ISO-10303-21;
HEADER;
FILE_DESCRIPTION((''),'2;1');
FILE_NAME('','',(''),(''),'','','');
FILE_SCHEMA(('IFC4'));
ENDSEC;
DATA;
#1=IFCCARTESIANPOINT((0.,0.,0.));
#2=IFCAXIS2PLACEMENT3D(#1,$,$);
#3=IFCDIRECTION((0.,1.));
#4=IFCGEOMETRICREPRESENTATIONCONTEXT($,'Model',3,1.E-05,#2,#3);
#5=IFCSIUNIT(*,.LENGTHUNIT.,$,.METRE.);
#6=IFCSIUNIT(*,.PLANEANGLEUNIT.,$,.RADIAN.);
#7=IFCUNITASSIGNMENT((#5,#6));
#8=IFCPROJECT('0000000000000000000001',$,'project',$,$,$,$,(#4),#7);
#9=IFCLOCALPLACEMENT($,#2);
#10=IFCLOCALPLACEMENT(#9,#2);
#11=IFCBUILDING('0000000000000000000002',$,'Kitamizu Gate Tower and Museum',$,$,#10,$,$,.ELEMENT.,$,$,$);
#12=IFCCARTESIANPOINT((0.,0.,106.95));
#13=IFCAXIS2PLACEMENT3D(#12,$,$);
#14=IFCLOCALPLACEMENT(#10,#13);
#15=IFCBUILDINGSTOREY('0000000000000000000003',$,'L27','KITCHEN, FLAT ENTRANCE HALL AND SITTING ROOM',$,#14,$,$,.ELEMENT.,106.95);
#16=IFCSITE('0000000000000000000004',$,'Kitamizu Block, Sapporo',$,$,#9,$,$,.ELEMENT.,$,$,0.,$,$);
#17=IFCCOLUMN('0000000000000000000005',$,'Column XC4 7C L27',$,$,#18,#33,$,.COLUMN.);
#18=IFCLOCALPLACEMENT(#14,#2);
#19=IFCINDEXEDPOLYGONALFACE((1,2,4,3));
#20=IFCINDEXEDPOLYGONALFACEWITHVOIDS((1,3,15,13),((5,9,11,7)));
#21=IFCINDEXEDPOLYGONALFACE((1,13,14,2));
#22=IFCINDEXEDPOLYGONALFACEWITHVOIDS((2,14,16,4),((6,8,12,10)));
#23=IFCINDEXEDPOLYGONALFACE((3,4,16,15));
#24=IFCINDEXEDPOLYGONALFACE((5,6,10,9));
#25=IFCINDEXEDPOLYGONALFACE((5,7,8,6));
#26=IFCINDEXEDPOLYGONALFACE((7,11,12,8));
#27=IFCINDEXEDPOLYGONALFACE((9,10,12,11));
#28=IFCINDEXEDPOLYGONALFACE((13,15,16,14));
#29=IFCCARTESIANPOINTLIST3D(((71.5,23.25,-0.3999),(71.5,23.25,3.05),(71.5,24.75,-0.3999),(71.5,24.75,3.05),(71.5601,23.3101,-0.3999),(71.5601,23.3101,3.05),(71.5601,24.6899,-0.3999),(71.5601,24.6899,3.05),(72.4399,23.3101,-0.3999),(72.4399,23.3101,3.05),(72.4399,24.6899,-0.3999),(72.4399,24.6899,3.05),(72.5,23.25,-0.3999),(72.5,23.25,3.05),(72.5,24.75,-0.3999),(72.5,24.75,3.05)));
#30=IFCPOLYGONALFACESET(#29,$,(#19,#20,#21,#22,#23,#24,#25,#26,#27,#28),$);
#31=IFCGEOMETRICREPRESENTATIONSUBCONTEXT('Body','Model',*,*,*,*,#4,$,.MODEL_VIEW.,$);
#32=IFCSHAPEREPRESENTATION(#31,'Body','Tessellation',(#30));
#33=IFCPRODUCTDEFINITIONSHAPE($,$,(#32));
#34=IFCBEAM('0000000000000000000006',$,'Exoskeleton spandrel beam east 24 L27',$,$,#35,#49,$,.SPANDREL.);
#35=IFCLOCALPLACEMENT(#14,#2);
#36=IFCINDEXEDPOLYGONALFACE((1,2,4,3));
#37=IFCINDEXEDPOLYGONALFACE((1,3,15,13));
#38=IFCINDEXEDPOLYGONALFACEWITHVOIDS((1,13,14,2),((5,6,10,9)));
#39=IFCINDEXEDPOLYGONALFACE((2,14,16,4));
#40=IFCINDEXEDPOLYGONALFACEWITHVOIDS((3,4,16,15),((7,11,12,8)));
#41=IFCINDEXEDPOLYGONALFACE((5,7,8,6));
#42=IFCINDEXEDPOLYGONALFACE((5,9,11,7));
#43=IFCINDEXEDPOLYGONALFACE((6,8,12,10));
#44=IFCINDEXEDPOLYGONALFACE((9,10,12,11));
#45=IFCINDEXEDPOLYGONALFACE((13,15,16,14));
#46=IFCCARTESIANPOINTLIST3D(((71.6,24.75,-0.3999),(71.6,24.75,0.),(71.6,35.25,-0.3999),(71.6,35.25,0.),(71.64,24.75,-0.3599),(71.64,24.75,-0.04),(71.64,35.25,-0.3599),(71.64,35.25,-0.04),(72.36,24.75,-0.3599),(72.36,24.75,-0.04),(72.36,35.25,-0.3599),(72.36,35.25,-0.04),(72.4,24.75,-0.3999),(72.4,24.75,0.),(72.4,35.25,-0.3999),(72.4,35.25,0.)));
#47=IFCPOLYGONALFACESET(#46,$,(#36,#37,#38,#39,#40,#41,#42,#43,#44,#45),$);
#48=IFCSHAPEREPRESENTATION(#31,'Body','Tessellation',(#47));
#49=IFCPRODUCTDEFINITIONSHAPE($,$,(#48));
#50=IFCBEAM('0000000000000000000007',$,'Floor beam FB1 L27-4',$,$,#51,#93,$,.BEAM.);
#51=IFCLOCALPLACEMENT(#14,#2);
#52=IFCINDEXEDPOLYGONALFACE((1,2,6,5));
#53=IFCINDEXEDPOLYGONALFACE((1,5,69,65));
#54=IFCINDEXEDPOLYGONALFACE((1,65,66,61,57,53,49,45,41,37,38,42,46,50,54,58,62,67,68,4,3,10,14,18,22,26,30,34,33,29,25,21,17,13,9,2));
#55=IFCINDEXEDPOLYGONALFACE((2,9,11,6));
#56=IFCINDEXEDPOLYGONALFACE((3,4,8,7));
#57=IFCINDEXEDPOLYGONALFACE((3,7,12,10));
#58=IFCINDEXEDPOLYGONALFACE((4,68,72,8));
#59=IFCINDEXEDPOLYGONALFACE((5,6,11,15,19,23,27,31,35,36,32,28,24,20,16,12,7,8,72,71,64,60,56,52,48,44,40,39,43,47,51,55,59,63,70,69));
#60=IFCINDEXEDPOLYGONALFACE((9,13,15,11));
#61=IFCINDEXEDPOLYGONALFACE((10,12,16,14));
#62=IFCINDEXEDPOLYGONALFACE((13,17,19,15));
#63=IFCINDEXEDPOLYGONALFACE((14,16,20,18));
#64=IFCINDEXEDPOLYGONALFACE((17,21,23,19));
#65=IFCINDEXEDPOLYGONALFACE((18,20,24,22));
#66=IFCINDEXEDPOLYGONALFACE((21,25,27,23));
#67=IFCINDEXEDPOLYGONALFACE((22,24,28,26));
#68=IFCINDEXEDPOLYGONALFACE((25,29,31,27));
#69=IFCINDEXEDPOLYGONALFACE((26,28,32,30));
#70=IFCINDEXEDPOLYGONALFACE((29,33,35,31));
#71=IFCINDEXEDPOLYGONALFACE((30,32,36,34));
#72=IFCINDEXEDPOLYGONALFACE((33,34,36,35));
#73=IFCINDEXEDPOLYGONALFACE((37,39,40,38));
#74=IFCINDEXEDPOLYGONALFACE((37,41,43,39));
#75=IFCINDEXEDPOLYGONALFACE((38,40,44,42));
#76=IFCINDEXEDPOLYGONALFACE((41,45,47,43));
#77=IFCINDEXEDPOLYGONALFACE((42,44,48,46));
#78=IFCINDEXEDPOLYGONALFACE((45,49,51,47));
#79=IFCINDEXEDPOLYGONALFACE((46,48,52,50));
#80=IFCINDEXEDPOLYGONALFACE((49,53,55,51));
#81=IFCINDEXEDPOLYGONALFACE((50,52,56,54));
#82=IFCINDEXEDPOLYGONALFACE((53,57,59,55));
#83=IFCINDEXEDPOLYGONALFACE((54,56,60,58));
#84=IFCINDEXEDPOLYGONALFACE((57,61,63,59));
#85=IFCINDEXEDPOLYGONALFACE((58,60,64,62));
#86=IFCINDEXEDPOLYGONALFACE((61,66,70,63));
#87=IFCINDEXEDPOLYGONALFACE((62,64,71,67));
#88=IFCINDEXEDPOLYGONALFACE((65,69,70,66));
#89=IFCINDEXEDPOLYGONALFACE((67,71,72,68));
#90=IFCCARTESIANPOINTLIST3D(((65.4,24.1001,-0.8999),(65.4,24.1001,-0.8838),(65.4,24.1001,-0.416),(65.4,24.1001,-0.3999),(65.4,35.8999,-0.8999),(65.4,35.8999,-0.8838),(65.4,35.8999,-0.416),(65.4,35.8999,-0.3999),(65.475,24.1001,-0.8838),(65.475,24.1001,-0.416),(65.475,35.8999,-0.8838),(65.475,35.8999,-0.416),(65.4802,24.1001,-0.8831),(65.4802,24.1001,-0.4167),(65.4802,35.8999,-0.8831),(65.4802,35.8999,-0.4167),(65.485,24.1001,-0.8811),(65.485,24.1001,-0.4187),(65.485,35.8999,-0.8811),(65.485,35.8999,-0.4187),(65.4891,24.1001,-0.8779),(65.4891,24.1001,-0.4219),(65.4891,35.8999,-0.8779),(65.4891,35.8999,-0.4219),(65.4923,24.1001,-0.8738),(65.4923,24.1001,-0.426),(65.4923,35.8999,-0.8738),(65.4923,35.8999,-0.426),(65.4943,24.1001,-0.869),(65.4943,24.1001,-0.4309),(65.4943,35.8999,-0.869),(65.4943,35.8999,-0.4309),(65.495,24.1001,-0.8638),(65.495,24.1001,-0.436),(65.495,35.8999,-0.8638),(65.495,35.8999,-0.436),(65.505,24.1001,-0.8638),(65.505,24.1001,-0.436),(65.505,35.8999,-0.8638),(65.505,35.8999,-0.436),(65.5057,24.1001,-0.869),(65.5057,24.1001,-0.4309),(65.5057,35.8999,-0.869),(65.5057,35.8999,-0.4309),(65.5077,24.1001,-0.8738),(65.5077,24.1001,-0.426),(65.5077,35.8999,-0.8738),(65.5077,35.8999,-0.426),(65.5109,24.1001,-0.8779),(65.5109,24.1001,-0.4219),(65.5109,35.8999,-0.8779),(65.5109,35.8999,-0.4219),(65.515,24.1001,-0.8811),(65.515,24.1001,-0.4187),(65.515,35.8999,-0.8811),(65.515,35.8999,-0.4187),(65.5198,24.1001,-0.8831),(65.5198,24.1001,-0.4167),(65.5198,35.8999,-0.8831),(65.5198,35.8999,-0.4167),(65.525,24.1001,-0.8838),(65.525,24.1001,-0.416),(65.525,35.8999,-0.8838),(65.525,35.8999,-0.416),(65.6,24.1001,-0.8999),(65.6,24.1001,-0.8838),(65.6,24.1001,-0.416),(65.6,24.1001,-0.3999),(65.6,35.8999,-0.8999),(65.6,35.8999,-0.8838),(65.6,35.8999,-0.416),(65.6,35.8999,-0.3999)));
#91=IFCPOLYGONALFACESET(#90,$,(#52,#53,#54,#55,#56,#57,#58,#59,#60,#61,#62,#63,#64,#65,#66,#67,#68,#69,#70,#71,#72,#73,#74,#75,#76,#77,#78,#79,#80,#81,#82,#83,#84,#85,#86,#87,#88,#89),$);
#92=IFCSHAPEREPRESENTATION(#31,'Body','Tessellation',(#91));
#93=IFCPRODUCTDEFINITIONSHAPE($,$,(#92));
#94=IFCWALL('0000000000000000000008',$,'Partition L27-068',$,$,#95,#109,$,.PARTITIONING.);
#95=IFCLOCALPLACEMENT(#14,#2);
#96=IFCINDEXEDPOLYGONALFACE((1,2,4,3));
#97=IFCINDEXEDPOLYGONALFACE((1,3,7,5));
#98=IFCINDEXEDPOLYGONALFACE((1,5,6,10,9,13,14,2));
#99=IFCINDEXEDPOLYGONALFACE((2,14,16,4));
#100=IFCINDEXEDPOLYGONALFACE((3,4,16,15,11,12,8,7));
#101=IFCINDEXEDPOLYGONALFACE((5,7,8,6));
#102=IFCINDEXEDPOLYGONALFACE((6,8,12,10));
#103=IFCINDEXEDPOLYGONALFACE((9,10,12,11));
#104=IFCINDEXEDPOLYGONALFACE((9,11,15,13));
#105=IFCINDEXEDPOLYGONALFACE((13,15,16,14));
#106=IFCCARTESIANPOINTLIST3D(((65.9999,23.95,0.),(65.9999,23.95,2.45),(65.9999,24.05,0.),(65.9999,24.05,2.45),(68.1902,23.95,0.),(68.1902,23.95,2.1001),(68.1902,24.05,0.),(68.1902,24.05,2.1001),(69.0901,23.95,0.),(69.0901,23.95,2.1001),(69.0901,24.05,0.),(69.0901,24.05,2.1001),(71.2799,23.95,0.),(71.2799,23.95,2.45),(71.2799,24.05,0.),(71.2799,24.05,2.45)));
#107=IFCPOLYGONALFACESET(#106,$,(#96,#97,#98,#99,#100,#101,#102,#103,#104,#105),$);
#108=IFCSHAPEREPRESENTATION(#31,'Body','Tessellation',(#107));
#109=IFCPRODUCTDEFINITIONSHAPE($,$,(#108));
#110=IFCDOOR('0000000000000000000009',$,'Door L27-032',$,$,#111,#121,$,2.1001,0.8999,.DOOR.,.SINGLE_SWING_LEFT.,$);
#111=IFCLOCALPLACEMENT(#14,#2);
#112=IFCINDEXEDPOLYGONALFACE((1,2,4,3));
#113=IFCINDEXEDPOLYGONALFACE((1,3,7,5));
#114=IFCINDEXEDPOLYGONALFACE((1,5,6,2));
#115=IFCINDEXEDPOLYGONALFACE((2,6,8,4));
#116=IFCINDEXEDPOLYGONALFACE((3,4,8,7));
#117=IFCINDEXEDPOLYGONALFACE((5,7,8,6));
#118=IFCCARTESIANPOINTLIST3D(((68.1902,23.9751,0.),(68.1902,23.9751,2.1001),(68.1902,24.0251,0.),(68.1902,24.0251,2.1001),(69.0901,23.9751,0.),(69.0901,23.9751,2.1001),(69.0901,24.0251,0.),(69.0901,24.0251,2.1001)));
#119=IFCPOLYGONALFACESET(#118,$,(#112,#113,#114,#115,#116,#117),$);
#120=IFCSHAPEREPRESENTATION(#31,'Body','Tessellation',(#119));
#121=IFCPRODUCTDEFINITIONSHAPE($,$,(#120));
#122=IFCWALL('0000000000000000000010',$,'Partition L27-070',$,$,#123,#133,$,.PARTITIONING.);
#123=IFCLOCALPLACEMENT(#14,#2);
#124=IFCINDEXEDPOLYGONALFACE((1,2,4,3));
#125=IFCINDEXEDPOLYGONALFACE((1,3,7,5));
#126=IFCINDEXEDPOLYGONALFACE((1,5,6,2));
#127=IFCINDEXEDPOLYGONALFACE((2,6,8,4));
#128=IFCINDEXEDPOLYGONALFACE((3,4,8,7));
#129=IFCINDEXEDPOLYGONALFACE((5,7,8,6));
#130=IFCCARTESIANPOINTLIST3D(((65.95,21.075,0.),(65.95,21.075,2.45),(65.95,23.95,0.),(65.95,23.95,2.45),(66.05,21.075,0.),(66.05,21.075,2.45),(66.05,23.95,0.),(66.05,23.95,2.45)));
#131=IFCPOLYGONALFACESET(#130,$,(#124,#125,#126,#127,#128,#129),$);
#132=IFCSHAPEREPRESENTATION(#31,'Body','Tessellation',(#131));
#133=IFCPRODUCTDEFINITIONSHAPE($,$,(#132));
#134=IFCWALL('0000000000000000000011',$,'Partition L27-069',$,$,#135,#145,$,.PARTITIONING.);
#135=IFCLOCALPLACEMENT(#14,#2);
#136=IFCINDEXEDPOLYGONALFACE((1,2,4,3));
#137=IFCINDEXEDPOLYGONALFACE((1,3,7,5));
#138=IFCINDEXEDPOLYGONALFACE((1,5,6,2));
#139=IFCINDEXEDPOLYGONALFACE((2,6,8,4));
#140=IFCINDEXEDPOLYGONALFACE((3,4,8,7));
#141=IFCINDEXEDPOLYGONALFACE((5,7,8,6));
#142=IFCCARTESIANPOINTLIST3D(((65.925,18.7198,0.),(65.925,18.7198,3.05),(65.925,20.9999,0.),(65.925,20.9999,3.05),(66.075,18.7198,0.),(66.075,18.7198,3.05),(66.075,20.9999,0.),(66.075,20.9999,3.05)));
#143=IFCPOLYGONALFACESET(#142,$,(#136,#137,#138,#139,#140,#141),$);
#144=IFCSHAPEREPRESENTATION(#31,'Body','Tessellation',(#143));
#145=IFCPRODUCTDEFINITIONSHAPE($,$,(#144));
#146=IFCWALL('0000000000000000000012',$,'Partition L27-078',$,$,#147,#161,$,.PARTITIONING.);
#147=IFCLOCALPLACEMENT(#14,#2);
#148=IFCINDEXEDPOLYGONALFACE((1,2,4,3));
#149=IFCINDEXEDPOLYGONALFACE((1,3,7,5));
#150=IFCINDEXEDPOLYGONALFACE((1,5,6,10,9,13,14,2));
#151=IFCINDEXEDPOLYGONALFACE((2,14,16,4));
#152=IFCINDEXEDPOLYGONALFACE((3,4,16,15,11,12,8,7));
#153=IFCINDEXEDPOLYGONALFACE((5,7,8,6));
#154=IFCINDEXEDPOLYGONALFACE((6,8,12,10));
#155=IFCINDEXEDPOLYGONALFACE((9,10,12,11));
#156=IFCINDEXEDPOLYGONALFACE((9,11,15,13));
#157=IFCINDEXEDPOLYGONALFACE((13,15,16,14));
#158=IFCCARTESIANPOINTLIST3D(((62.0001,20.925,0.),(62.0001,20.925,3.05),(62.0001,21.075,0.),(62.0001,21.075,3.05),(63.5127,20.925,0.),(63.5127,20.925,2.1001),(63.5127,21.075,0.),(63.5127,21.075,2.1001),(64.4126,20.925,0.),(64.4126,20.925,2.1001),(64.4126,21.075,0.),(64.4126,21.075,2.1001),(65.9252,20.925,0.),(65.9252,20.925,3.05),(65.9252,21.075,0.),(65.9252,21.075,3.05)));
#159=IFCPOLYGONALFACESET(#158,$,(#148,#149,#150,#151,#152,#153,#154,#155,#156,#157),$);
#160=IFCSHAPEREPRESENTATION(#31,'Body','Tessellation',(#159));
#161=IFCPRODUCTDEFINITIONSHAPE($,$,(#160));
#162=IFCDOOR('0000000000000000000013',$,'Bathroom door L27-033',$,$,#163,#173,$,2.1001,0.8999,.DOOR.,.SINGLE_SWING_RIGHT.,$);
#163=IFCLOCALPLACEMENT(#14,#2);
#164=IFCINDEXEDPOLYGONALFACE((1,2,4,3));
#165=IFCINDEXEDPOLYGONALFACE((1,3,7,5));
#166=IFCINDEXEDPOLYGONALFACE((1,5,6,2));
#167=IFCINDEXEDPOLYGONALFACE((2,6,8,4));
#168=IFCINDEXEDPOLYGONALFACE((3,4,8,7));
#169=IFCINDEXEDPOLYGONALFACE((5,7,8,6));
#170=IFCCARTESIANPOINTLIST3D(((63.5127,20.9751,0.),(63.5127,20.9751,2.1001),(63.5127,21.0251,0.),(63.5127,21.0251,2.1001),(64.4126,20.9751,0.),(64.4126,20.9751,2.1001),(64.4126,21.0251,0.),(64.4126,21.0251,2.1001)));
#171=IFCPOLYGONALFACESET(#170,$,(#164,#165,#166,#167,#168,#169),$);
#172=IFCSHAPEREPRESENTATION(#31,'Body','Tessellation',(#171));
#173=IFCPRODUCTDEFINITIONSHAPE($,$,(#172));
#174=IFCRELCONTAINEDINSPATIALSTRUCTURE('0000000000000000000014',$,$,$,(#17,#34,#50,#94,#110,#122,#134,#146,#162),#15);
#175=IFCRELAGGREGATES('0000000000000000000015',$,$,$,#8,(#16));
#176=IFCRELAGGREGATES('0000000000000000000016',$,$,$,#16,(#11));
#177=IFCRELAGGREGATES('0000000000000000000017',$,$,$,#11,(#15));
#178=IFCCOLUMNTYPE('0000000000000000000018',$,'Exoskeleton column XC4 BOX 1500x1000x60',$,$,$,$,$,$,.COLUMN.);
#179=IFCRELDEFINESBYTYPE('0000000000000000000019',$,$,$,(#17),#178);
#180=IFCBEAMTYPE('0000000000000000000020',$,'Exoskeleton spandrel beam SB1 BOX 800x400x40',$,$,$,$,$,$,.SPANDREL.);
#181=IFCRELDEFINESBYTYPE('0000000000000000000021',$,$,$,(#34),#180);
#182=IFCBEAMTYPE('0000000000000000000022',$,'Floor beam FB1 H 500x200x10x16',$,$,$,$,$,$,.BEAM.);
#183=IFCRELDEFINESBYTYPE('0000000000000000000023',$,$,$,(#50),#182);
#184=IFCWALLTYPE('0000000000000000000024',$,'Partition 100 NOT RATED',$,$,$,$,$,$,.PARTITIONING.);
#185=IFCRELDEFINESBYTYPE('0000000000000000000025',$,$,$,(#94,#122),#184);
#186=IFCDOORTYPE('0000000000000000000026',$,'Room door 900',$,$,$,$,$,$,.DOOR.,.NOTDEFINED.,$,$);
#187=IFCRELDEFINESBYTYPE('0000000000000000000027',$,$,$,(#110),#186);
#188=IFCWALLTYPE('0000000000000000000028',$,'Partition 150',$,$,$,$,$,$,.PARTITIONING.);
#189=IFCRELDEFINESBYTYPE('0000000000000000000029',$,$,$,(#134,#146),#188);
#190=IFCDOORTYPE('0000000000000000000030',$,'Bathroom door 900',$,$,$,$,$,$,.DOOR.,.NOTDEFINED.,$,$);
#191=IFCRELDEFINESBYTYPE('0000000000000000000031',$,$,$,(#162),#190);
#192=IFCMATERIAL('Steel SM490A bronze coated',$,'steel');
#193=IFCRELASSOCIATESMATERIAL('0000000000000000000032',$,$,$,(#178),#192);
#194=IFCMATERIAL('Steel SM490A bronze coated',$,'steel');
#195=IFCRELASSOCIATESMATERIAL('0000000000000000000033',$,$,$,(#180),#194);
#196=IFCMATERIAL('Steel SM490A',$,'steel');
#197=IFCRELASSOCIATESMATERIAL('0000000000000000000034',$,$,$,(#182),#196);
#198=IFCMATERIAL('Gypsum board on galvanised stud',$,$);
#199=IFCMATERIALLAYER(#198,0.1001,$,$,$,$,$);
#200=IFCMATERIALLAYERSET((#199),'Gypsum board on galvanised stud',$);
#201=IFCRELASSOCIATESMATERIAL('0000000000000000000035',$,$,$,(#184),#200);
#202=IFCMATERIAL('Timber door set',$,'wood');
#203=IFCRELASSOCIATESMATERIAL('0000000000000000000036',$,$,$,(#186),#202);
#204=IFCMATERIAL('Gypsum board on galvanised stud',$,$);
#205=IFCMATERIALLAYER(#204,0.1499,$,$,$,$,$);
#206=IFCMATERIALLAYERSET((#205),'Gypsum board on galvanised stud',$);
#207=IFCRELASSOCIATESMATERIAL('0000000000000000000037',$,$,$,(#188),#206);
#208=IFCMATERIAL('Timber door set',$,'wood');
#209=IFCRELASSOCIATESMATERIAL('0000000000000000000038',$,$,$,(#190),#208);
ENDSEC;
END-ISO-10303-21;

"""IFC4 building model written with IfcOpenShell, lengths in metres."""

from ifc_helpers import new_model, si_unit, direction, frame, frame_2d, origin, origin_2d, place, context, subcontext, project, spatial, rectangle, hollow_rectangle, i_section, extrude, material, layer, layer_set, material_profile, profile_set, type_object, element, fill, save


model = new_model("IFC4")

# Units and contexts
model_context = context("Model", 3, precision=1e-05, world=origin(), true_north=direction((0.0, 1.0)))
body_context = subcontext(model_context, "Body", "Model", "MODEL_VIEW")
ifc_project = project(units=[si_unit("LENGTHUNIT", "METRE"), si_unit("PLANEANGLEUNIT", "RADIAN")], contexts=[model_context])

# Site, building, storey
site_placement = place(None, origin())
site = spatial("IfcSite", under=ifc_project, at=site_placement, Name="Kitamizu Block, Sapporo", CompositionType="ELEMENT", RefElevation=0.0)
building_placement = place(site_placement, origin())
building = spatial("IfcBuilding", under=site, at=building_placement, Name="Kitamizu Gate Tower and Museum", CompositionType="ELEMENT")
storey_placement = place(building_placement, frame((0.0, 0.0, 106.95)))
storey = spatial("IfcBuildingStorey", under=building, at=storey_placement, Name="L27", Description="KITCHEN, FLAT ENTRANCE HALL AND SITTING ROOM", CompositionType="ELEMENT", Elevation=106.95)

# Column
ifc_material_1 = material(Name="Steel SM490A bronze coated", Category="steel")
ifc_material_profile_1 = material_profile(ifc_material_1, hollow_rectangle(XDim=1.5, YDim=1.0, WallThickness=0.0601, at=origin_2d()), Name="BOX 1500x1000x60")
ifc_profile_set_1 = profile_set([ifc_material_profile_1], Name="Steel SM490A bronze coated")
column_type = type_object("IfcColumnType", Name="Exoskeleton column XC4 BOX 1500x1000x60", PredefinedType="COLUMN", material=ifc_profile_set_1)
column_placement = place(storey_placement, frame((72.0, 24.0, -0.3999), z_axis=(0.0, 0.0, 1.0), x_axis=(0.0, 1.0, 0.0)))
element("IfcColumn", 1, at=column_placement, inside=storey, type_object=column_type, Name="Column XC4 7C L27", PredefinedType="COLUMN", context=body_context, shape_type="SweptSolid", body=[
    extrude(hollow_rectangle(XDim=1.5, YDim=1.0, WallThickness=0.0601, at=origin_2d()), origin(), (0.0, 0.0, 1.0), 3.45),
])

# Beams
ifc_material_2 = material(Name="Steel SM490A bronze coated", Category="steel")
ifc_material_profile_2 = material_profile(ifc_material_2, hollow_rectangle(XDim=0.8, YDim=0.3999, WallThickness=0.04, at=origin_2d()), Name="BOX 800x400x40")
ifc_profile_set_2 = profile_set([ifc_material_profile_2], Name="Steel SM490A bronze coated")
beam_type_1 = type_object("IfcBeamType", Name="Exoskeleton spandrel beam SB1 BOX 800x400x40", PredefinedType="SPANDREL", material=ifc_profile_set_2)
beam_1_placement = place(storey_placement, frame((72.0, 24.75, -0.2), z_axis=(0.0, 1.0, 0.0), x_axis=(-1.0, 0.0, 0.0)))
element("IfcBeam", 2, at=beam_1_placement, inside=storey, type_object=beam_type_1, Name="Exoskeleton spandrel beam east 24 L27", PredefinedType="SPANDREL", context=body_context, shape_type="SweptSolid", body=[
    extrude(hollow_rectangle(XDim=0.8, YDim=0.3999, WallThickness=0.04, at=origin_2d()), origin(), (0.0, 0.0, 1.0), 10.5),
])
ifc_material_3 = material(Name="Steel SM490A", Category="steel")
ifc_material_profile_3 = material_profile(ifc_material_3, i_section(OverallWidth=0.2, OverallDepth=0.5, WebThickness=0.01, FlangeThickness=0.0161, FilletRadius=0.02, at=origin_2d()), Name="H-500x200x10x16")
ifc_profile_set_3 = profile_set([ifc_material_profile_3], Name="Steel SM490A")
beam_type_2 = type_object("IfcBeamType", Name="Floor beam FB1 H 500x200x10x16", PredefinedType="BEAM", material=ifc_profile_set_3)
beam_2_placement = place(storey_placement, frame((65.5, 24.1001, -0.6499), z_axis=(0.0, 1.0, 0.0), x_axis=(-1.0, 0.0, 0.0)))
element("IfcBeam", 3, at=beam_2_placement, inside=storey, type_object=beam_type_2, Name="Floor beam FB1 L27-4", PredefinedType="BEAM", context=body_context, shape_type="SweptSolid", body=[
    extrude(i_section(OverallWidth=0.2, OverallDepth=0.5, WebThickness=0.01, FlangeThickness=0.0161, FilletRadius=0.02, at=origin_2d()), origin(), (0.0, 0.0, 1.0), 11.7998),
])

# Wall, opening, door
ifc_material_4 = material(Name="Gypsum board on galvanised stud")
ifc_layer_1 = layer(ifc_material_4, 0.1001)
ifc_layer_set_1 = layer_set([ifc_layer_1], Name="Gypsum board on galvanised stud")
wall_type_1 = type_object("IfcWallType", Name="Partition 100 NOT RATED", PredefinedType="PARTITIONING", material=ifc_layer_set_1)
wall_1_placement = place(storey_placement, frame((71.28, 24.0, 0.0), z_axis=(0.0, 0.0, 1.0), x_axis=(-1.0, 0.0, 0.0)))
wall_1 = element("IfcWall", 4, at=wall_1_placement, inside=storey, type_object=wall_type_1, Name="Partition L27-068", PredefinedType="PARTITIONING", context=body_context, shape_type="SweptSolid", body=[
    extrude(rectangle(XDim=5.28, YDim=0.1001, at=frame_2d((2.6401, 0.0))), origin(), (0.0, 0.0, 1.0), 2.45),
])
opening_1_placement = place(wall_1_placement, frame((2.1899, 0.0, 0.0)))
opening_1 = element("IfcOpeningElement", 5, at=opening_1_placement, cuts=wall_1, PredefinedType="OPENING", context=body_context, shape_type="SweptSolid", body=[
    extrude(rectangle(XDim=0.8999, YDim=2.1001, at=frame_2d((0.45, 1.05))), frame((0.0, 0.0601, 0.0), z_axis=(0.0, -1.0, 0.0), x_axis=(1.0, 0.0, 0.0)), (0.0, 0.0, 1.0), 0.1201),
])
ifc_material_5 = material(Name="Timber door set", Category="wood")
door_type_1 = type_object("IfcDoorType", Name="Room door 900", OperationType="NOTDEFINED", PredefinedType="DOOR", material=ifc_material_5)
door_1_placement = place(opening_1_placement, origin())
door_1 = element("IfcDoor", 6, at=door_1_placement, inside=storey, type_object=door_type_1, Name="Door L27-032", OperationType="SINGLE_SWING_LEFT", OverallHeight=2.1001, OverallWidth=0.8999, PredefinedType="DOOR", context=body_context, shape_type="SweptSolid", body=[
    extrude(rectangle(XDim=0.8999, YDim=2.1001, at=frame_2d((0.45, 1.05))), frame((0.0, 0.0249, 0.0), z_axis=(0.0, -1.0, 0.0), x_axis=(1.0, 0.0, 0.0)), (0.0, 0.0, 1.0), 0.05),
])
fill(opening_1, door_1)

# Walls
wall_2_placement = place(storey_placement, frame((66.0, 23.95, 0.0), z_axis=(0.0, 0.0, 1.0), x_axis=(0.0, -1.0, 0.0)))
element("IfcWall", 7, at=wall_2_placement, inside=storey, type_object=wall_type_1, Name="Partition L27-070", PredefinedType="PARTITIONING", context=body_context, shape_type="SweptSolid", body=[
    extrude(rectangle(XDim=2.875, YDim=0.1001, at=frame_2d((1.4375, 0.0))), origin(), (0.0, 0.0, 1.0), 2.45),
])
ifc_material_6 = material(Name="Gypsum board on galvanised stud")
ifc_layer_2 = layer(ifc_material_6, 0.1499)
ifc_layer_set_2 = layer_set([ifc_layer_2], Name="Gypsum board on galvanised stud")
wall_type_2 = type_object("IfcWallType", Name="Partition 150", PredefinedType="PARTITIONING", material=ifc_layer_set_2)
wall_3_placement = place(storey_placement, frame((66.0, 21.0, 0.0), z_axis=(0.0, 0.0, 1.0), x_axis=(0.0, -1.0, 0.0)))
element("IfcWall", 8, at=wall_3_placement, inside=storey, type_object=wall_type_2, Name="Partition L27-069", PredefinedType="PARTITIONING", context=body_context, shape_type="SweptSolid", body=[
    extrude(rectangle(XDim=2.28, YDim=0.1499, at=frame_2d((1.1401, 0.0))), origin(), (0.0, 0.0, 1.0), 3.05),
])

# Wall, opening, door
wall_4_placement = place(storey_placement, frame((65.925, 21.0, 0.0), z_axis=(0.0, 0.0, 1.0), x_axis=(-1.0, 0.0, 0.0)))
wall_4 = element("IfcWall", 9, at=wall_4_placement, inside=storey, type_object=wall_type_2, Name="Partition L27-078", PredefinedType="PARTITIONING", context=body_context, shape_type="SweptSolid", body=[
    extrude(rectangle(XDim=3.925, YDim=0.1499, at=frame_2d((1.9624, 0.0))), origin(), (0.0, 0.0, 1.0), 3.05),
])
opening_2_placement = place(wall_4_placement, frame((1.5125, 0.0, 0.0)))
opening_2 = element("IfcOpeningElement", 10, at=opening_2_placement, cuts=wall_4, PredefinedType="OPENING", context=body_context, shape_type="SweptSolid", body=[
    extrude(rectangle(XDim=0.8999, YDim=2.1001, at=frame_2d((0.45, 1.05))), frame((0.0, 0.085, 0.0), z_axis=(0.0, -1.0, 0.0), x_axis=(1.0, 0.0, 0.0)), (0.0, 0.0, 1.0), 0.1699),
])
ifc_material_7 = material(Name="Timber door set", Category="wood")
door_type_2 = type_object("IfcDoorType", Name="Bathroom door 900", OperationType="NOTDEFINED", PredefinedType="DOOR", material=ifc_material_7)
door_2_placement = place(opening_2_placement, origin())
door_2 = element("IfcDoor", 11, at=door_2_placement, inside=storey, type_object=door_type_2, Name="Bathroom door L27-033", OperationType="SINGLE_SWING_RIGHT", OverallHeight=2.1001, OverallWidth=0.8999, PredefinedType="DOOR", context=body_context, shape_type="SweptSolid", body=[
    extrude(rectangle(XDim=0.8999, YDim=2.1001, at=frame_2d((0.45, 1.05))), frame((0.0, 0.0249, 0.0), z_axis=(0.0, -1.0, 0.0), x_axis=(1.0, 0.0, 0.0)), (0.0, 0.0, 1.0), 0.05),
])
fill(opening_2, door_2)

save(model, "model.ifc")
